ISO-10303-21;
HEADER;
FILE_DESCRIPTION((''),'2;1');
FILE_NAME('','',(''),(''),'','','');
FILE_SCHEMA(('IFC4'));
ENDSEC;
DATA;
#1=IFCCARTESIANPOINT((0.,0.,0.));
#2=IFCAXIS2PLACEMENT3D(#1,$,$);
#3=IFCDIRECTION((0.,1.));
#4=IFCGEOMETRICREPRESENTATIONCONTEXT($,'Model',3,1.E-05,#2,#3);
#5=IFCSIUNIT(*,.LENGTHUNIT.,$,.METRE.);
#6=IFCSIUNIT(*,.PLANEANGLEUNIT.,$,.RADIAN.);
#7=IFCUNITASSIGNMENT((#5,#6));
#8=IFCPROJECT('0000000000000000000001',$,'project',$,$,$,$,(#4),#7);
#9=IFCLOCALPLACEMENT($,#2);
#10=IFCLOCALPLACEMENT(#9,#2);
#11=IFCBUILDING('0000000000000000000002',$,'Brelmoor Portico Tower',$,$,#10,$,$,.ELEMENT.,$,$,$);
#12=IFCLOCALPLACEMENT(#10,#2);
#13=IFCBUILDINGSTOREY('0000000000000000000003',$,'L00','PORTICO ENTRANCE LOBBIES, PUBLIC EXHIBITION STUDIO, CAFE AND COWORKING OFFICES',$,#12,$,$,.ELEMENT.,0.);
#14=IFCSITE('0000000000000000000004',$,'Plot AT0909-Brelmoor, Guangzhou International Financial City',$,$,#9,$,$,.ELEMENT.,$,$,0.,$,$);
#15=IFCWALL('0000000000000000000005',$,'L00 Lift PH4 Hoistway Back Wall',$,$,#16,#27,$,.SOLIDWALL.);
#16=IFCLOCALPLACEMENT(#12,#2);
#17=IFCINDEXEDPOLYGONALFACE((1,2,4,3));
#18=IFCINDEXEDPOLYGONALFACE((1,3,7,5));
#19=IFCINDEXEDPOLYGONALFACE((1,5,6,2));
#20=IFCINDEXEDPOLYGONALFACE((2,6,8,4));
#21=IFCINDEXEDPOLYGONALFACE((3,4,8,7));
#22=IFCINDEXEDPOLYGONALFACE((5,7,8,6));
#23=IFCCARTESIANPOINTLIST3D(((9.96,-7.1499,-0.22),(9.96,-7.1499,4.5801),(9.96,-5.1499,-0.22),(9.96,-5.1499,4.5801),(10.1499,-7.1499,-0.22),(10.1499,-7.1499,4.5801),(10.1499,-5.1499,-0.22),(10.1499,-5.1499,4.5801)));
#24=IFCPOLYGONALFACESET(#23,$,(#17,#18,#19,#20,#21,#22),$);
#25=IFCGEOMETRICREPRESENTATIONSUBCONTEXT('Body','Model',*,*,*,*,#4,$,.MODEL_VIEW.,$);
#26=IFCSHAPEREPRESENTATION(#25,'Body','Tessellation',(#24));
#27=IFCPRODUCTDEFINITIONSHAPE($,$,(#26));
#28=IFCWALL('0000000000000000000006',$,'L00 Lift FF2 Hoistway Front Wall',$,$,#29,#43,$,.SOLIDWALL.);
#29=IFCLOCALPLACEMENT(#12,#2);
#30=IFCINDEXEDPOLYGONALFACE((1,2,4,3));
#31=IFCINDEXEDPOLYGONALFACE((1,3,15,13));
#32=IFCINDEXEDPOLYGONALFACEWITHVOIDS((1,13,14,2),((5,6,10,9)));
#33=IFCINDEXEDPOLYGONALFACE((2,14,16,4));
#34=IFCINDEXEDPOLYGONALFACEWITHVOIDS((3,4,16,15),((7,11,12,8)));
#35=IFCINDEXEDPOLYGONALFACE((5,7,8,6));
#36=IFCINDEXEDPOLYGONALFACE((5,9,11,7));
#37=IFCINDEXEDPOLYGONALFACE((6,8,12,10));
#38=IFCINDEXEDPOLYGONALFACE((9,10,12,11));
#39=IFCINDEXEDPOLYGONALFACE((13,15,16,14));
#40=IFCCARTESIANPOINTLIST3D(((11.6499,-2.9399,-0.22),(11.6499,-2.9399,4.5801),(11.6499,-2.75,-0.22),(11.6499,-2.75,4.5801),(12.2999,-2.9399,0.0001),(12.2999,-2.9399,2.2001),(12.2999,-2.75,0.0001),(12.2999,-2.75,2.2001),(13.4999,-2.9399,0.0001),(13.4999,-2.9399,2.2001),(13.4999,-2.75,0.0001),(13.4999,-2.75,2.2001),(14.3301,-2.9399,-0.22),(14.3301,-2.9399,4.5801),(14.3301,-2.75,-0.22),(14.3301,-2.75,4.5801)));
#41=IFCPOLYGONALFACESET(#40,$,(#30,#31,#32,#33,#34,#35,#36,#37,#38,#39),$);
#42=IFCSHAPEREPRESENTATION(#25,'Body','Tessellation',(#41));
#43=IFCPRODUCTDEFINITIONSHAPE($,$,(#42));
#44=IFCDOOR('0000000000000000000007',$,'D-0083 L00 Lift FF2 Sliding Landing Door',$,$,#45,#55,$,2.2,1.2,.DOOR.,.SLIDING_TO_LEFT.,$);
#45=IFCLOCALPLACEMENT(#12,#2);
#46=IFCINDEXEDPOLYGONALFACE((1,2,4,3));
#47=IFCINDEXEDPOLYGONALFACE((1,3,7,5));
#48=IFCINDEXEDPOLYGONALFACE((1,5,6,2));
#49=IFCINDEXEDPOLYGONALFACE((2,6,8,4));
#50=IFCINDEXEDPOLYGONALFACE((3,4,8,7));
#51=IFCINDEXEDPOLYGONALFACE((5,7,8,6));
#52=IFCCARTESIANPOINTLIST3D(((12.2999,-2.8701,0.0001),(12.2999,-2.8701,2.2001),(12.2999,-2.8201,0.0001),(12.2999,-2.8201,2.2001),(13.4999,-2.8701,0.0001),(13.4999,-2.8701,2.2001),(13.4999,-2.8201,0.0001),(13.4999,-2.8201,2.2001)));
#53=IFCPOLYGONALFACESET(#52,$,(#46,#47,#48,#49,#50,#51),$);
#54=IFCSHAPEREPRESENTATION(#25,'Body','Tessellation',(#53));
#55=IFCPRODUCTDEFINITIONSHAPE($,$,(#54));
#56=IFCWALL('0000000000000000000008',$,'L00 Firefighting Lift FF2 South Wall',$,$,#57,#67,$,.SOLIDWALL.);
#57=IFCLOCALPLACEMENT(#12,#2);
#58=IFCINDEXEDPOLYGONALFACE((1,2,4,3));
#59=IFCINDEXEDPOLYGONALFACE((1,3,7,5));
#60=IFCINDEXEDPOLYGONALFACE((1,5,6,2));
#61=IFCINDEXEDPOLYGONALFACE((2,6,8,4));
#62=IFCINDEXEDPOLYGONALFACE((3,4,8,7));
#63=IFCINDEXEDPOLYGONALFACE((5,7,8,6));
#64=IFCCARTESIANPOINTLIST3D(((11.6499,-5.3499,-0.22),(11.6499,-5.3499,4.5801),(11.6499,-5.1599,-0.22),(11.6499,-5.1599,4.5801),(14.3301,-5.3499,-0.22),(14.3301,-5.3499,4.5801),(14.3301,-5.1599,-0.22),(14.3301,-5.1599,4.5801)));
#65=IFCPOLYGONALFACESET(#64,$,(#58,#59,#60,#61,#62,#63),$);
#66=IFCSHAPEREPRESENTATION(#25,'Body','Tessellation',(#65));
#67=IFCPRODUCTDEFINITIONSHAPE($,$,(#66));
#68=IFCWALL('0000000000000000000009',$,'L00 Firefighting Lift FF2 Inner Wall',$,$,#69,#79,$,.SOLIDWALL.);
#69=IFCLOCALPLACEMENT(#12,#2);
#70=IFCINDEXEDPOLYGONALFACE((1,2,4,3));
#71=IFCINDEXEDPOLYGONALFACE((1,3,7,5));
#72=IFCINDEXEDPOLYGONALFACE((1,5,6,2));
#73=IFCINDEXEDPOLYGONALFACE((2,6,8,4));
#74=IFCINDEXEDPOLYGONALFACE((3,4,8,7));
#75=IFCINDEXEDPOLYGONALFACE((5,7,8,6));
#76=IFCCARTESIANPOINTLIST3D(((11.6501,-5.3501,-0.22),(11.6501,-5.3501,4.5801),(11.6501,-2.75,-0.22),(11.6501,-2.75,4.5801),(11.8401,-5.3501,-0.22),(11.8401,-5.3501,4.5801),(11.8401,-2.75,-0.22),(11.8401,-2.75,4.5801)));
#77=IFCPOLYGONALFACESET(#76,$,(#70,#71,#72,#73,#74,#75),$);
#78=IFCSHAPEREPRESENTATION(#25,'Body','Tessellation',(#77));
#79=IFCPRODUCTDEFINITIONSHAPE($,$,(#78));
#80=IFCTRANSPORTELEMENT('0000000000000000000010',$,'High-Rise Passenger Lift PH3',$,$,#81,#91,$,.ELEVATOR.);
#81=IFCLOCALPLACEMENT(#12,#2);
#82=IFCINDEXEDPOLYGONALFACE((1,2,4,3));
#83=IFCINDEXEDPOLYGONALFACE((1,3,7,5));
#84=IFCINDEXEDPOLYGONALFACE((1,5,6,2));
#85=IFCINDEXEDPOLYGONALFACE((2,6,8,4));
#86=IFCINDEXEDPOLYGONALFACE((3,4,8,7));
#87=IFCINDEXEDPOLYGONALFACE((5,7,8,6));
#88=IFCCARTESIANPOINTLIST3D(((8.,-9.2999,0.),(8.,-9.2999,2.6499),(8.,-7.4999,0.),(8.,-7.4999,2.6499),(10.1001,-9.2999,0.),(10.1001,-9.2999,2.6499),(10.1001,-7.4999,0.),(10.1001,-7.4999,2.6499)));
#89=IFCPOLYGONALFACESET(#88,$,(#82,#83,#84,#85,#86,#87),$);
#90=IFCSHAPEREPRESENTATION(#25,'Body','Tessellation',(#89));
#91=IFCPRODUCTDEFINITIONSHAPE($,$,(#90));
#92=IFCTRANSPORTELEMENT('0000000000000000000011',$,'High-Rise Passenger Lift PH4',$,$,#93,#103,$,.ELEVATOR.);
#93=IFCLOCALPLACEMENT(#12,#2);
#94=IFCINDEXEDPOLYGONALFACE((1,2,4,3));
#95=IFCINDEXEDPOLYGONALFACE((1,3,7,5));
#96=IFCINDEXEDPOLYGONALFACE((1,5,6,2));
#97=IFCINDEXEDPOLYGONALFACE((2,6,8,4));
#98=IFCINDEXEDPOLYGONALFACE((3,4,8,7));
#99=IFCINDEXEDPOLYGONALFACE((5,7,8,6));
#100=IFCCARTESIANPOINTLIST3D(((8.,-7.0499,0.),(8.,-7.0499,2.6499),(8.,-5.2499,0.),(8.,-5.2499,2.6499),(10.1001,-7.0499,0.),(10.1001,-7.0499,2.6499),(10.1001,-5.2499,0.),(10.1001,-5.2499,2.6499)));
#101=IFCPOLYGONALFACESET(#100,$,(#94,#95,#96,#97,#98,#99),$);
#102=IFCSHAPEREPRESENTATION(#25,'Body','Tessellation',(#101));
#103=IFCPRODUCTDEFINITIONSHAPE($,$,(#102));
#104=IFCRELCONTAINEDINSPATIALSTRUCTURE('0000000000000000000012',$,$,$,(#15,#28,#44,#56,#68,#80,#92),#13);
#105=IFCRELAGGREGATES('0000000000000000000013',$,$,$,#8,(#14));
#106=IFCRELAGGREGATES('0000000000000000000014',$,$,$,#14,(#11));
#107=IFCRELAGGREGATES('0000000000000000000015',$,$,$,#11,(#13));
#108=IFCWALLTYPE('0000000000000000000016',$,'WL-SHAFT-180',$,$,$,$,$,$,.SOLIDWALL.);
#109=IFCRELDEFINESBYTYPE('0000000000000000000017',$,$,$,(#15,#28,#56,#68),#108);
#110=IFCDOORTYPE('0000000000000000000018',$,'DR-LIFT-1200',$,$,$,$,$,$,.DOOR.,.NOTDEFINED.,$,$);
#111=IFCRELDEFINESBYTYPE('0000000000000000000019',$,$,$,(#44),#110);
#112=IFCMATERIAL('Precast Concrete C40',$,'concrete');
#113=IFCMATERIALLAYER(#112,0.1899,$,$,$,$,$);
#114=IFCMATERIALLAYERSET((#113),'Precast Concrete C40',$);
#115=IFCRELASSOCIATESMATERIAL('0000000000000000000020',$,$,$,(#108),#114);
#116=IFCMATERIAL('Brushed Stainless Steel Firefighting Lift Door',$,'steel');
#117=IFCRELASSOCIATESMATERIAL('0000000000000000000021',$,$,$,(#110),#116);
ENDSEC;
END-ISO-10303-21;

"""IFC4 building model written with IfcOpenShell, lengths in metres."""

from ifc_helpers import new_model, si_unit, direction, frame, frame_2d, origin, origin_2d, place, context, subcontext, project, spatial, rectangle, extrude, material, layer, layer_set, type_object, element, fill, save


model = new_model("IFC4")

# Units and contexts
model_context = context("Model", 3, precision=1e-05, world=origin(), true_north=direction((0.0, 1.0)))
body_context = subcontext(model_context, "Body", "Model", "MODEL_VIEW")
ifc_project = project(units=[si_unit("LENGTHUNIT", "METRE"), si_unit("PLANEANGLEUNIT", "RADIAN")], contexts=[model_context])

# Site, building, storey
site_placement = place(None, origin())
site = spatial("IfcSite", under=ifc_project, at=site_placement, Name="Plot AT0909-Brelmoor, Guangzhou International Financial City", CompositionType="ELEMENT", RefElevation=0.0)
building_placement = place(site_placement, origin())
building = spatial("IfcBuilding", under=site, at=building_placement, Name="Brelmoor Portico Tower", CompositionType="ELEMENT")
storey_placement = place(building_placement, origin())
storey = spatial("IfcBuildingStorey", under=building, at=storey_placement, Name="L00", Description="PORTICO ENTRANCE LOBBIES, PUBLIC EXHIBITION STUDIO, CAFE AND COWORKING OFFICES", CompositionType="ELEMENT", Elevation=0.0)

# Wall
ifc_material_1 = material(Name="Precast Concrete C40", Category="concrete")
ifc_layer_1 = layer(ifc_material_1, 0.1899)
ifc_layer_set_1 = layer_set([ifc_layer_1], Name="Precast Concrete C40")
wall_type_1 = type_object("IfcWallType", Name="WL-SHAFT-180", PredefinedType="SOLIDWALL", material=ifc_layer_set_1)
wall_1_placement = place(storey_placement, frame((10.0549, -7.1499, -0.22), z_axis=(0.0, 0.0, 1.0), x_axis=(0.0, 1.0, 0.0)))
element("IfcWall", 1, at=wall_1_placement, inside=storey, type_object=wall_type_1, Name="L00 Lift PH4 Hoistway Back Wall", PredefinedType="SOLIDWALL", context=body_context, shape_type="SweptSolid", body=[
    extrude(rectangle(XDim=2.0, YDim=0.1899, at=frame_2d((1.0, 0.0))), origin(), (0.0, 0.0, 1.0), 4.8),
])

# Wall, opening, door
wall_2_placement = place(storey_placement, frame((11.6499, -2.845, -0.22), z_axis=(0.0, 0.0, 1.0), x_axis=(1.0, 0.0, 0.0)))
wall_2 = element("IfcWall", 2, at=wall_2_placement, inside=storey, type_object=wall_type_1, Name="L00 Lift FF2 Hoistway Front Wall", PredefinedType="SOLIDWALL", context=body_context, shape_type="SweptSolid", body=[
    extrude(rectangle(XDim=2.6802, YDim=0.1899, at=frame_2d((1.3401, 0.0))), origin(), (0.0, 0.0, 1.0), 4.8),
])
opening_1_placement = place(wall_2_placement, frame((0.6499, 0.0, 0.22)))
opening_1 = element("IfcOpeningElement", 3, at=opening_1_placement, cuts=wall_2, PredefinedType="OPENING", context=body_context, shape_type="SweptSolid", body=[
    extrude(rectangle(XDim=1.2, YDim=2.2, at=frame_2d((0.6001, 1.1001))), frame((0.0, 0.105, 0.0), z_axis=(0.0, -1.0, 0.0), x_axis=(1.0, 0.0, 0.0)), (0.0, 0.0, 1.0), 0.21),
])
ifc_material_2 = material(Name="Brushed Stainless Steel Firefighting Lift Door", Category="steel")
door_type_1 = type_object("IfcDoorType", Name="DR-LIFT-1200", OperationType="NOTDEFINED", PredefinedType="DOOR", material=ifc_material_2)
door_1_placement = place(opening_1_placement, origin())
door_1 = element("IfcDoor", 4, at=door_1_placement, inside=storey, type_object=door_type_1, Name="D-0083 L00 Lift FF2 Sliding Landing Door", OperationType="SLIDING_TO_LEFT", OverallHeight=2.2, OverallWidth=1.2, PredefinedType="DOOR", context=body_context, shape_type="SweptSolid", body=[
    extrude(rectangle(XDim=1.2, YDim=2.2, at=frame_2d((0.6001, 1.1001))), frame((0.0, 0.0249, 0.0), z_axis=(0.0, -1.0, 0.0), x_axis=(1.0, 0.0, 0.0)), (0.0, 0.0, 1.0), 0.05),
])
fill(opening_1, door_1)

# Walls
wall_3_placement = place(storey_placement, frame((11.6499, -5.2549, -0.22), z_axis=(0.0, 0.0, 1.0), x_axis=(1.0, 0.0, 0.0)))
element("IfcWall", 5, at=wall_3_placement, inside=storey, type_object=wall_type_1, Name="L00 Firefighting Lift FF2 South Wall", PredefinedType="SOLIDWALL", context=body_context, shape_type="SweptSolid", body=[
    extrude(rectangle(XDim=2.6802, YDim=0.1899, at=frame_2d((1.3401, 0.0))), origin(), (0.0, 0.0, 1.0), 4.8),
])
wall_4_placement = place(storey_placement, frame((11.7451, -5.3501, -0.22), z_axis=(0.0, 0.0, 1.0), x_axis=(0.0, 1.0, 0.0)))
element("IfcWall", 6, at=wall_4_placement, inside=storey, type_object=wall_type_1, Name="L00 Firefighting Lift FF2 Inner Wall", PredefinedType="SOLIDWALL", context=body_context, shape_type="SweptSolid", body=[
    extrude(rectangle(XDim=2.6001, YDim=0.1899, at=frame_2d((1.3, 0.0))), origin(), (0.0, 0.0, 1.0), 4.8),
])

# Transport elements
for number, where, z_axis, x_axis, name in (
    (7, (9.05, -8.3999, 0.0), (0.0, 0.0, 1.0), (0.0, 1.0, 0.0), "High-Rise Passenger Lift PH3"),
    (8, (9.05, -6.1499, 0.0), (0.0, 0.0, 1.0), (0.0, 1.0, 0.0), "High-Rise Passenger Lift PH4"),
):
    element("IfcTransportElement", number, at=place(storey_placement, frame(where, z_axis=z_axis, x_axis=x_axis)), inside=storey, Name=name, PredefinedType="ELEVATOR", context=body_context, shape_type="SweptSolid", body=[
        extrude(rectangle(XDim=1.8, YDim=2.1001, at=origin_2d()), origin(), (0.0, 0.0, 1.0), 2.6499),
    ])

save(model, "model.ifc")
